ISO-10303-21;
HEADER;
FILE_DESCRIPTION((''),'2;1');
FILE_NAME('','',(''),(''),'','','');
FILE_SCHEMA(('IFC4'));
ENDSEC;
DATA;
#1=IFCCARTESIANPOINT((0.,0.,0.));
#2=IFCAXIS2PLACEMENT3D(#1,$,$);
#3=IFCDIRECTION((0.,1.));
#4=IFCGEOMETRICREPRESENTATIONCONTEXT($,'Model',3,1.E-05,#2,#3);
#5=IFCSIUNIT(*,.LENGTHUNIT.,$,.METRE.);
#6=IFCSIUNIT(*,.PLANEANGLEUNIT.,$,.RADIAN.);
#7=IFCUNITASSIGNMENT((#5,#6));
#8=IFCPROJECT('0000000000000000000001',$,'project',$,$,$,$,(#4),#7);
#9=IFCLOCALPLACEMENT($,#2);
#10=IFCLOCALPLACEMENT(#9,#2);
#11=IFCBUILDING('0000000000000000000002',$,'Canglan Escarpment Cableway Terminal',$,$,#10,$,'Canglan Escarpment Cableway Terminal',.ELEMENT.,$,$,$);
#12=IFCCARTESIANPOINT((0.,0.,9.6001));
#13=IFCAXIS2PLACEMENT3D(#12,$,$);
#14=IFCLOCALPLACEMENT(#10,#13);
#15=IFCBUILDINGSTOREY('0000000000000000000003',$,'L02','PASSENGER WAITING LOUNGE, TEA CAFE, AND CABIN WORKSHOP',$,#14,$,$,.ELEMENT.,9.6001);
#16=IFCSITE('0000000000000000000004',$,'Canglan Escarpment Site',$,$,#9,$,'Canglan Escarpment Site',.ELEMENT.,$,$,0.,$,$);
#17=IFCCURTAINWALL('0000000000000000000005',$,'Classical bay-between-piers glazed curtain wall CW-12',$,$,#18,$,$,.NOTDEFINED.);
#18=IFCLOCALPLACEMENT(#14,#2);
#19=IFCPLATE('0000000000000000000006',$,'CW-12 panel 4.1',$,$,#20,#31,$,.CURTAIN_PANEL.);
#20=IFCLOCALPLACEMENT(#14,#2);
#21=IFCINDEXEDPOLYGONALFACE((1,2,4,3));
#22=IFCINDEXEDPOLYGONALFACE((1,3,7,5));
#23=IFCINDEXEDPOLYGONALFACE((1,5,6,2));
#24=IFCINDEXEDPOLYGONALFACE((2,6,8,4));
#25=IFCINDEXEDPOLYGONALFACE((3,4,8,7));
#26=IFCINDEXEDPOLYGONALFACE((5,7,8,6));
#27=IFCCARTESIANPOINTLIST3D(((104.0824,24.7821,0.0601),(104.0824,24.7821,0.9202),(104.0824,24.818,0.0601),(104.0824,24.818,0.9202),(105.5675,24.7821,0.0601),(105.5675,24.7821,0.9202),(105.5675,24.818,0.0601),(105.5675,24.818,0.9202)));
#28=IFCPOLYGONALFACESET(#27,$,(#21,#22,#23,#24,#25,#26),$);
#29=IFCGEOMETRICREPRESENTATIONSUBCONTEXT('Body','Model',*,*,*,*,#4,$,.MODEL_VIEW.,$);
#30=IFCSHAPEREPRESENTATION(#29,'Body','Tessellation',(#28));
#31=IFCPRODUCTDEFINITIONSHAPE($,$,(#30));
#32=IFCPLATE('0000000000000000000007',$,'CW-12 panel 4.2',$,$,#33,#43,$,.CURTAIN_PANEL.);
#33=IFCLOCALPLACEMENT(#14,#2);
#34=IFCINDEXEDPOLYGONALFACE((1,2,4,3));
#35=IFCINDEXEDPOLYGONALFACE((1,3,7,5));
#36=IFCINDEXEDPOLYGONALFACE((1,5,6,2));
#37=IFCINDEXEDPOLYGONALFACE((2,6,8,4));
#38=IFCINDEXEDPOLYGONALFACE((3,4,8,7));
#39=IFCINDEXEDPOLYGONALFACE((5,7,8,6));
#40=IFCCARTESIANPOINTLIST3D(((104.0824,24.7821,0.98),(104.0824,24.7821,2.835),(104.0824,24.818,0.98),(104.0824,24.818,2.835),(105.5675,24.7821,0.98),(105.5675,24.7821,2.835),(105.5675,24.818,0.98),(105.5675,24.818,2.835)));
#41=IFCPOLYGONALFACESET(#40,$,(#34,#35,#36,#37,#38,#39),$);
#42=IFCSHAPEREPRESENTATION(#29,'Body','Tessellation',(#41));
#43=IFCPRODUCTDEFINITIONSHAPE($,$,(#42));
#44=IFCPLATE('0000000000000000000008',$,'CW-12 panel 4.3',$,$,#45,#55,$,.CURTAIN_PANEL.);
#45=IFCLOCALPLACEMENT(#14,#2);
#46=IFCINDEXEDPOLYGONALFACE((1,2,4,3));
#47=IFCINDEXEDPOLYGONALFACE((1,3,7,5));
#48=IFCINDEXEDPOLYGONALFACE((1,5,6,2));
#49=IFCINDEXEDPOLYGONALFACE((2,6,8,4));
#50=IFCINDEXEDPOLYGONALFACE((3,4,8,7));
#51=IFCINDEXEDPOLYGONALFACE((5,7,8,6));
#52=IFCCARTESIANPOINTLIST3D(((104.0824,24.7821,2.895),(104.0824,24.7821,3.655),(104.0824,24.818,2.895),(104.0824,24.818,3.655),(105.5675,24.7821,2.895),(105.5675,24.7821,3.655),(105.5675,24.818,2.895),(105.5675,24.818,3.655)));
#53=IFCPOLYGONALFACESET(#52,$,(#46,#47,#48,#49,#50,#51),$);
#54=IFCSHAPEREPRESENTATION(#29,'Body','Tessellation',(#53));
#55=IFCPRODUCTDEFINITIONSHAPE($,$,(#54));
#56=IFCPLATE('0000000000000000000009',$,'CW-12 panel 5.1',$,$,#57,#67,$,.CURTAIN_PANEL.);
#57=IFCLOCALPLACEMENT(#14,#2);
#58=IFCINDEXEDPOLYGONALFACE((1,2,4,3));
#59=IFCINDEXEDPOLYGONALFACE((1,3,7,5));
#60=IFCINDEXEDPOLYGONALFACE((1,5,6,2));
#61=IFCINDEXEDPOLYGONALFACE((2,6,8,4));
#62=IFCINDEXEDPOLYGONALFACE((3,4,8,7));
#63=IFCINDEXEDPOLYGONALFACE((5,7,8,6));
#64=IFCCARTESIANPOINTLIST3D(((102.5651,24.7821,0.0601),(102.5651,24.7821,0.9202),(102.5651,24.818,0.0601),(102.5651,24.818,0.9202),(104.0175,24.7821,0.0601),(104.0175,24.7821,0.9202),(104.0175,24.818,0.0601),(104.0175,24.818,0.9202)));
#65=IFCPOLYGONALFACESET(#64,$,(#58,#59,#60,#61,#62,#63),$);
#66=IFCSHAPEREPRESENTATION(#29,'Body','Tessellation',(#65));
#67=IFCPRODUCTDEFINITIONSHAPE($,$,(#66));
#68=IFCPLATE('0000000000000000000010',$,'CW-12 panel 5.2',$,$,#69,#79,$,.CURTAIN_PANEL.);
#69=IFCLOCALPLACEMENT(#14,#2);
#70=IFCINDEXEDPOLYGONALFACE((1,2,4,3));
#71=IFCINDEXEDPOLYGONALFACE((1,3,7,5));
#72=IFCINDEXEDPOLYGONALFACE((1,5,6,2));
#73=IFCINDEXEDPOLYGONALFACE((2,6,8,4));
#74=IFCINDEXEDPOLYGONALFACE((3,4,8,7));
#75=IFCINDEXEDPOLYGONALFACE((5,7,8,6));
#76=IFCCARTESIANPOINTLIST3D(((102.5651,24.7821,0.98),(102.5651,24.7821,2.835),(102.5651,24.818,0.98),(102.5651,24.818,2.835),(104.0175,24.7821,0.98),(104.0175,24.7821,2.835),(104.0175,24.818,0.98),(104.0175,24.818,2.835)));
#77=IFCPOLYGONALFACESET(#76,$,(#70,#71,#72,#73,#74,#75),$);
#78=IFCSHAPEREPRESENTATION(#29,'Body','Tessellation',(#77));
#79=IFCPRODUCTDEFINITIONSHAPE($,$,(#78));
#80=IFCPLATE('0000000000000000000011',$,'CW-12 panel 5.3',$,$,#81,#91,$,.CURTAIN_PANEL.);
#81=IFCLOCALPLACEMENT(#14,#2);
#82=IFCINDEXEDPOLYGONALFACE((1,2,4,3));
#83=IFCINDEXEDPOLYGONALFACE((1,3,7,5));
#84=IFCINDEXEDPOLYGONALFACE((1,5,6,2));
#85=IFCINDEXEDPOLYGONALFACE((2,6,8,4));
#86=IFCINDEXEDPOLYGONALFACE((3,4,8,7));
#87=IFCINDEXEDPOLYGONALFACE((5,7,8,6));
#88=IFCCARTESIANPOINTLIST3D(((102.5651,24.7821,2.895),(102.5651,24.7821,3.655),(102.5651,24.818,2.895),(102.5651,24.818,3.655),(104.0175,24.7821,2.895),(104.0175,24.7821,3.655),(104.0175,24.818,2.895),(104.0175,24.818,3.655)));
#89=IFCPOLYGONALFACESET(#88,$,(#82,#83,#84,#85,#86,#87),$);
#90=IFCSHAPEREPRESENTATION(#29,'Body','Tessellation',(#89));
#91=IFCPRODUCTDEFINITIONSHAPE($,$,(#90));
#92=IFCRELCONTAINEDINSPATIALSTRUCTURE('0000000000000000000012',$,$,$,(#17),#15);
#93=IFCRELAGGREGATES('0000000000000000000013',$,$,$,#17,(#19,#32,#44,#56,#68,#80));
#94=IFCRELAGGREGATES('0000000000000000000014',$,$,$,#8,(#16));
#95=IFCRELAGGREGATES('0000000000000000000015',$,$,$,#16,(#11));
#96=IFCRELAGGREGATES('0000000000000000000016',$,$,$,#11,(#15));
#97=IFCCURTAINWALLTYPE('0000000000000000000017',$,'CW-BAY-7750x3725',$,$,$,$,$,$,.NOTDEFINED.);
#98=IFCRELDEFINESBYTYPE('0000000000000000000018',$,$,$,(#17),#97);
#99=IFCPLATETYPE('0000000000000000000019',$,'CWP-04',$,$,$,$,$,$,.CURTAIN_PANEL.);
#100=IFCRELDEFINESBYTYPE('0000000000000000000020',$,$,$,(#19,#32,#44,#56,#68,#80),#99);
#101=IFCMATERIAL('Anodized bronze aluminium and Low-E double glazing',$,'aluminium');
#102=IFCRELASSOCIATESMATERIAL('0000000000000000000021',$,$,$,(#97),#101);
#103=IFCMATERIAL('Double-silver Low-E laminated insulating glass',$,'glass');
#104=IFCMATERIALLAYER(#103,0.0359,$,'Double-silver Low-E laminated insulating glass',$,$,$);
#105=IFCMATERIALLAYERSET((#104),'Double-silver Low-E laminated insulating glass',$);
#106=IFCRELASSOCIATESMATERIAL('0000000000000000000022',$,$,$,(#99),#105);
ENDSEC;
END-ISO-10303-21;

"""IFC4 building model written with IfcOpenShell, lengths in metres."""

from ifc_helpers import new_model, si_unit, direction, frame, origin, origin_2d, place, context, subcontext, project, spatial, rectangle, extrude, material, layer, layer_set, type_object, element, aggregate, save


model = new_model("IFC4")

# Units and contexts
model_context = context("Model", 3, precision=1e-05, world=origin(), true_north=direction((0.0, 1.0)))
body_context = subcontext(model_context, "Body", "Model", "MODEL_VIEW")
ifc_project = project(units=[si_unit("LENGTHUNIT", "METRE"), si_unit("PLANEANGLEUNIT", "RADIAN")], contexts=[model_context])

# Site, building, storey
site_placement = place(None, origin())
site = spatial("IfcSite", under=ifc_project, at=site_placement, Name="Canglan Escarpment Site", LongName="Canglan Escarpment Site", CompositionType="ELEMENT", RefElevation=0.0)
building_placement = place(site_placement, origin())
building = spatial("IfcBuilding", under=site, at=building_placement, Name="Canglan Escarpment Cableway Terminal", LongName="Canglan Escarpment Cableway Terminal", CompositionType="ELEMENT")
storey_placement = place(building_placement, frame((0.0, 0.0, 9.6001)))
storey = spatial("IfcBuildingStorey", under=building, at=storey_placement, Name="L02", Description="PASSENGER WAITING LOUNGE, TEA CAFE, AND CABIN WORKSHOP", CompositionType="ELEMENT", Elevation=9.6001)

# Curtain wall
ifc_material_1 = material(Name="Anodized bronze aluminium and Low-E double glazing", Category="aluminium")
curtain_wall_type = type_object("IfcCurtainWallType", Name="CW-BAY-7750x3725", PredefinedType="NOTDEFINED", material=ifc_material_1)
curtain_wall_1_placement = place(storey_placement, origin())
curtain_wall_1 = element("IfcCurtainWall", 1, at=curtain_wall_1_placement, inside=storey, type_object=curtain_wall_type, Name="Classical bay-between-piers glazed curtain wall CW-12", PredefinedType="NOTDEFINED")

# Plates
ifc_material_2 = material(Name="Double-silver Low-E laminated insulating glass", Category="glass")
ifc_layer_1 = layer(ifc_material_2, 0.0359, Name="Double-silver Low-E laminated insulating glass")
ifc_layer_set_1 = layer_set([ifc_layer_1], Name="Double-silver Low-E laminated insulating glass")
plate_type_1 = type_object("IfcPlateType", Name="CWP-04", PredefinedType="CURTAIN_PANEL", material=ifc_layer_set_1)
plate_1_placement = place(storey_placement, frame((104.825, 24.8, 0.0601), z_axis=(0.0, 0.0, 1.0), x_axis=(-1.0, 0.0, 0.0)))
plate_1 = element("IfcPlate", 2, at=plate_1_placement, type_object=plate_type_1, Name="CW-12 panel 4.1", PredefinedType="CURTAIN_PANEL", context=body_context, shape_type="SweptSolid", body=[
    extrude(rectangle(XDim=1.4851, YDim=0.0359, at=origin_2d()), origin(), (0.0, 0.0, 1.0), 0.8601),
])
plate_2_placement = place(storey_placement, frame((104.825, 24.8, 0.98), z_axis=(0.0, 0.0, 1.0), x_axis=(-1.0, 0.0, 0.0)))
plate_2 = element("IfcPlate", 3, at=plate_2_placement, type_object=plate_type_1, Name="CW-12 panel 4.2", PredefinedType="CURTAIN_PANEL", context=body_context, shape_type="SweptSolid", body=[
    extrude(rectangle(XDim=1.4851, YDim=0.0359, at=origin_2d()), origin(), (0.0, 0.0, 1.0), 1.855),
])
plate_3_placement = place(storey_placement, frame((104.825, 24.8, 2.895), z_axis=(0.0, 0.0, 1.0), x_axis=(-1.0, 0.0, 0.0)))
plate_3 = element("IfcPlate", 4, at=plate_3_placement, type_object=plate_type_1, Name="CW-12 panel 4.3", PredefinedType="CURTAIN_PANEL", context=body_context, shape_type="SweptSolid", body=[
    extrude(rectangle(XDim=1.4851, YDim=0.0359, at=origin_2d()), origin(), (0.0, 0.0, 1.0), 0.76),
])
plate_4_placement = place(storey_placement, frame((103.2913, 24.8, 0.0601), z_axis=(0.0, 0.0, 1.0), x_axis=(-1.0, 0.0, 0.0)))
plate_4 = element("IfcPlate", 5, at=plate_4_placement, type_object=plate_type_1, Name="CW-12 panel 5.1", PredefinedType="CURTAIN_PANEL", context=body_context, shape_type="SweptSolid", body=[
    extrude(rectangle(XDim=1.4524, YDim=0.0359, at=origin_2d()), origin(), (0.0, 0.0, 1.0), 0.8601),
])
plate_5_placement = place(storey_placement, frame((103.2913, 24.8, 0.98), z_axis=(0.0, 0.0, 1.0), x_axis=(-1.0, 0.0, 0.0)))
plate_5 = element("IfcPlate", 6, at=plate_5_placement, type_object=plate_type_1, Name="CW-12 panel 5.2", PredefinedType="CURTAIN_PANEL", context=body_context, shape_type="SweptSolid", body=[
    extrude(rectangle(XDim=1.4524, YDim=0.0359, at=origin_2d()), origin(), (0.0, 0.0, 1.0), 1.855),
])
plate_6_placement = place(storey_placement, frame((103.2913, 24.8, 2.895), z_axis=(0.0, 0.0, 1.0), x_axis=(-1.0, 0.0, 0.0)))
plate_6 = element("IfcPlate", 7, at=plate_6_placement, type_object=plate_type_1, Name="CW-12 panel 5.3", PredefinedType="CURTAIN_PANEL", context=body_context, shape_type="SweptSolid", body=[
    extrude(rectangle(XDim=1.4524, YDim=0.0359, at=origin_2d()), origin(), (0.0, 0.0, 1.0), 0.76),
])
aggregate(curtain_wall_1, [plate_1, plate_2, plate_3, plate_4, plate_5, plate_6])

save(model, "model.ifc")
